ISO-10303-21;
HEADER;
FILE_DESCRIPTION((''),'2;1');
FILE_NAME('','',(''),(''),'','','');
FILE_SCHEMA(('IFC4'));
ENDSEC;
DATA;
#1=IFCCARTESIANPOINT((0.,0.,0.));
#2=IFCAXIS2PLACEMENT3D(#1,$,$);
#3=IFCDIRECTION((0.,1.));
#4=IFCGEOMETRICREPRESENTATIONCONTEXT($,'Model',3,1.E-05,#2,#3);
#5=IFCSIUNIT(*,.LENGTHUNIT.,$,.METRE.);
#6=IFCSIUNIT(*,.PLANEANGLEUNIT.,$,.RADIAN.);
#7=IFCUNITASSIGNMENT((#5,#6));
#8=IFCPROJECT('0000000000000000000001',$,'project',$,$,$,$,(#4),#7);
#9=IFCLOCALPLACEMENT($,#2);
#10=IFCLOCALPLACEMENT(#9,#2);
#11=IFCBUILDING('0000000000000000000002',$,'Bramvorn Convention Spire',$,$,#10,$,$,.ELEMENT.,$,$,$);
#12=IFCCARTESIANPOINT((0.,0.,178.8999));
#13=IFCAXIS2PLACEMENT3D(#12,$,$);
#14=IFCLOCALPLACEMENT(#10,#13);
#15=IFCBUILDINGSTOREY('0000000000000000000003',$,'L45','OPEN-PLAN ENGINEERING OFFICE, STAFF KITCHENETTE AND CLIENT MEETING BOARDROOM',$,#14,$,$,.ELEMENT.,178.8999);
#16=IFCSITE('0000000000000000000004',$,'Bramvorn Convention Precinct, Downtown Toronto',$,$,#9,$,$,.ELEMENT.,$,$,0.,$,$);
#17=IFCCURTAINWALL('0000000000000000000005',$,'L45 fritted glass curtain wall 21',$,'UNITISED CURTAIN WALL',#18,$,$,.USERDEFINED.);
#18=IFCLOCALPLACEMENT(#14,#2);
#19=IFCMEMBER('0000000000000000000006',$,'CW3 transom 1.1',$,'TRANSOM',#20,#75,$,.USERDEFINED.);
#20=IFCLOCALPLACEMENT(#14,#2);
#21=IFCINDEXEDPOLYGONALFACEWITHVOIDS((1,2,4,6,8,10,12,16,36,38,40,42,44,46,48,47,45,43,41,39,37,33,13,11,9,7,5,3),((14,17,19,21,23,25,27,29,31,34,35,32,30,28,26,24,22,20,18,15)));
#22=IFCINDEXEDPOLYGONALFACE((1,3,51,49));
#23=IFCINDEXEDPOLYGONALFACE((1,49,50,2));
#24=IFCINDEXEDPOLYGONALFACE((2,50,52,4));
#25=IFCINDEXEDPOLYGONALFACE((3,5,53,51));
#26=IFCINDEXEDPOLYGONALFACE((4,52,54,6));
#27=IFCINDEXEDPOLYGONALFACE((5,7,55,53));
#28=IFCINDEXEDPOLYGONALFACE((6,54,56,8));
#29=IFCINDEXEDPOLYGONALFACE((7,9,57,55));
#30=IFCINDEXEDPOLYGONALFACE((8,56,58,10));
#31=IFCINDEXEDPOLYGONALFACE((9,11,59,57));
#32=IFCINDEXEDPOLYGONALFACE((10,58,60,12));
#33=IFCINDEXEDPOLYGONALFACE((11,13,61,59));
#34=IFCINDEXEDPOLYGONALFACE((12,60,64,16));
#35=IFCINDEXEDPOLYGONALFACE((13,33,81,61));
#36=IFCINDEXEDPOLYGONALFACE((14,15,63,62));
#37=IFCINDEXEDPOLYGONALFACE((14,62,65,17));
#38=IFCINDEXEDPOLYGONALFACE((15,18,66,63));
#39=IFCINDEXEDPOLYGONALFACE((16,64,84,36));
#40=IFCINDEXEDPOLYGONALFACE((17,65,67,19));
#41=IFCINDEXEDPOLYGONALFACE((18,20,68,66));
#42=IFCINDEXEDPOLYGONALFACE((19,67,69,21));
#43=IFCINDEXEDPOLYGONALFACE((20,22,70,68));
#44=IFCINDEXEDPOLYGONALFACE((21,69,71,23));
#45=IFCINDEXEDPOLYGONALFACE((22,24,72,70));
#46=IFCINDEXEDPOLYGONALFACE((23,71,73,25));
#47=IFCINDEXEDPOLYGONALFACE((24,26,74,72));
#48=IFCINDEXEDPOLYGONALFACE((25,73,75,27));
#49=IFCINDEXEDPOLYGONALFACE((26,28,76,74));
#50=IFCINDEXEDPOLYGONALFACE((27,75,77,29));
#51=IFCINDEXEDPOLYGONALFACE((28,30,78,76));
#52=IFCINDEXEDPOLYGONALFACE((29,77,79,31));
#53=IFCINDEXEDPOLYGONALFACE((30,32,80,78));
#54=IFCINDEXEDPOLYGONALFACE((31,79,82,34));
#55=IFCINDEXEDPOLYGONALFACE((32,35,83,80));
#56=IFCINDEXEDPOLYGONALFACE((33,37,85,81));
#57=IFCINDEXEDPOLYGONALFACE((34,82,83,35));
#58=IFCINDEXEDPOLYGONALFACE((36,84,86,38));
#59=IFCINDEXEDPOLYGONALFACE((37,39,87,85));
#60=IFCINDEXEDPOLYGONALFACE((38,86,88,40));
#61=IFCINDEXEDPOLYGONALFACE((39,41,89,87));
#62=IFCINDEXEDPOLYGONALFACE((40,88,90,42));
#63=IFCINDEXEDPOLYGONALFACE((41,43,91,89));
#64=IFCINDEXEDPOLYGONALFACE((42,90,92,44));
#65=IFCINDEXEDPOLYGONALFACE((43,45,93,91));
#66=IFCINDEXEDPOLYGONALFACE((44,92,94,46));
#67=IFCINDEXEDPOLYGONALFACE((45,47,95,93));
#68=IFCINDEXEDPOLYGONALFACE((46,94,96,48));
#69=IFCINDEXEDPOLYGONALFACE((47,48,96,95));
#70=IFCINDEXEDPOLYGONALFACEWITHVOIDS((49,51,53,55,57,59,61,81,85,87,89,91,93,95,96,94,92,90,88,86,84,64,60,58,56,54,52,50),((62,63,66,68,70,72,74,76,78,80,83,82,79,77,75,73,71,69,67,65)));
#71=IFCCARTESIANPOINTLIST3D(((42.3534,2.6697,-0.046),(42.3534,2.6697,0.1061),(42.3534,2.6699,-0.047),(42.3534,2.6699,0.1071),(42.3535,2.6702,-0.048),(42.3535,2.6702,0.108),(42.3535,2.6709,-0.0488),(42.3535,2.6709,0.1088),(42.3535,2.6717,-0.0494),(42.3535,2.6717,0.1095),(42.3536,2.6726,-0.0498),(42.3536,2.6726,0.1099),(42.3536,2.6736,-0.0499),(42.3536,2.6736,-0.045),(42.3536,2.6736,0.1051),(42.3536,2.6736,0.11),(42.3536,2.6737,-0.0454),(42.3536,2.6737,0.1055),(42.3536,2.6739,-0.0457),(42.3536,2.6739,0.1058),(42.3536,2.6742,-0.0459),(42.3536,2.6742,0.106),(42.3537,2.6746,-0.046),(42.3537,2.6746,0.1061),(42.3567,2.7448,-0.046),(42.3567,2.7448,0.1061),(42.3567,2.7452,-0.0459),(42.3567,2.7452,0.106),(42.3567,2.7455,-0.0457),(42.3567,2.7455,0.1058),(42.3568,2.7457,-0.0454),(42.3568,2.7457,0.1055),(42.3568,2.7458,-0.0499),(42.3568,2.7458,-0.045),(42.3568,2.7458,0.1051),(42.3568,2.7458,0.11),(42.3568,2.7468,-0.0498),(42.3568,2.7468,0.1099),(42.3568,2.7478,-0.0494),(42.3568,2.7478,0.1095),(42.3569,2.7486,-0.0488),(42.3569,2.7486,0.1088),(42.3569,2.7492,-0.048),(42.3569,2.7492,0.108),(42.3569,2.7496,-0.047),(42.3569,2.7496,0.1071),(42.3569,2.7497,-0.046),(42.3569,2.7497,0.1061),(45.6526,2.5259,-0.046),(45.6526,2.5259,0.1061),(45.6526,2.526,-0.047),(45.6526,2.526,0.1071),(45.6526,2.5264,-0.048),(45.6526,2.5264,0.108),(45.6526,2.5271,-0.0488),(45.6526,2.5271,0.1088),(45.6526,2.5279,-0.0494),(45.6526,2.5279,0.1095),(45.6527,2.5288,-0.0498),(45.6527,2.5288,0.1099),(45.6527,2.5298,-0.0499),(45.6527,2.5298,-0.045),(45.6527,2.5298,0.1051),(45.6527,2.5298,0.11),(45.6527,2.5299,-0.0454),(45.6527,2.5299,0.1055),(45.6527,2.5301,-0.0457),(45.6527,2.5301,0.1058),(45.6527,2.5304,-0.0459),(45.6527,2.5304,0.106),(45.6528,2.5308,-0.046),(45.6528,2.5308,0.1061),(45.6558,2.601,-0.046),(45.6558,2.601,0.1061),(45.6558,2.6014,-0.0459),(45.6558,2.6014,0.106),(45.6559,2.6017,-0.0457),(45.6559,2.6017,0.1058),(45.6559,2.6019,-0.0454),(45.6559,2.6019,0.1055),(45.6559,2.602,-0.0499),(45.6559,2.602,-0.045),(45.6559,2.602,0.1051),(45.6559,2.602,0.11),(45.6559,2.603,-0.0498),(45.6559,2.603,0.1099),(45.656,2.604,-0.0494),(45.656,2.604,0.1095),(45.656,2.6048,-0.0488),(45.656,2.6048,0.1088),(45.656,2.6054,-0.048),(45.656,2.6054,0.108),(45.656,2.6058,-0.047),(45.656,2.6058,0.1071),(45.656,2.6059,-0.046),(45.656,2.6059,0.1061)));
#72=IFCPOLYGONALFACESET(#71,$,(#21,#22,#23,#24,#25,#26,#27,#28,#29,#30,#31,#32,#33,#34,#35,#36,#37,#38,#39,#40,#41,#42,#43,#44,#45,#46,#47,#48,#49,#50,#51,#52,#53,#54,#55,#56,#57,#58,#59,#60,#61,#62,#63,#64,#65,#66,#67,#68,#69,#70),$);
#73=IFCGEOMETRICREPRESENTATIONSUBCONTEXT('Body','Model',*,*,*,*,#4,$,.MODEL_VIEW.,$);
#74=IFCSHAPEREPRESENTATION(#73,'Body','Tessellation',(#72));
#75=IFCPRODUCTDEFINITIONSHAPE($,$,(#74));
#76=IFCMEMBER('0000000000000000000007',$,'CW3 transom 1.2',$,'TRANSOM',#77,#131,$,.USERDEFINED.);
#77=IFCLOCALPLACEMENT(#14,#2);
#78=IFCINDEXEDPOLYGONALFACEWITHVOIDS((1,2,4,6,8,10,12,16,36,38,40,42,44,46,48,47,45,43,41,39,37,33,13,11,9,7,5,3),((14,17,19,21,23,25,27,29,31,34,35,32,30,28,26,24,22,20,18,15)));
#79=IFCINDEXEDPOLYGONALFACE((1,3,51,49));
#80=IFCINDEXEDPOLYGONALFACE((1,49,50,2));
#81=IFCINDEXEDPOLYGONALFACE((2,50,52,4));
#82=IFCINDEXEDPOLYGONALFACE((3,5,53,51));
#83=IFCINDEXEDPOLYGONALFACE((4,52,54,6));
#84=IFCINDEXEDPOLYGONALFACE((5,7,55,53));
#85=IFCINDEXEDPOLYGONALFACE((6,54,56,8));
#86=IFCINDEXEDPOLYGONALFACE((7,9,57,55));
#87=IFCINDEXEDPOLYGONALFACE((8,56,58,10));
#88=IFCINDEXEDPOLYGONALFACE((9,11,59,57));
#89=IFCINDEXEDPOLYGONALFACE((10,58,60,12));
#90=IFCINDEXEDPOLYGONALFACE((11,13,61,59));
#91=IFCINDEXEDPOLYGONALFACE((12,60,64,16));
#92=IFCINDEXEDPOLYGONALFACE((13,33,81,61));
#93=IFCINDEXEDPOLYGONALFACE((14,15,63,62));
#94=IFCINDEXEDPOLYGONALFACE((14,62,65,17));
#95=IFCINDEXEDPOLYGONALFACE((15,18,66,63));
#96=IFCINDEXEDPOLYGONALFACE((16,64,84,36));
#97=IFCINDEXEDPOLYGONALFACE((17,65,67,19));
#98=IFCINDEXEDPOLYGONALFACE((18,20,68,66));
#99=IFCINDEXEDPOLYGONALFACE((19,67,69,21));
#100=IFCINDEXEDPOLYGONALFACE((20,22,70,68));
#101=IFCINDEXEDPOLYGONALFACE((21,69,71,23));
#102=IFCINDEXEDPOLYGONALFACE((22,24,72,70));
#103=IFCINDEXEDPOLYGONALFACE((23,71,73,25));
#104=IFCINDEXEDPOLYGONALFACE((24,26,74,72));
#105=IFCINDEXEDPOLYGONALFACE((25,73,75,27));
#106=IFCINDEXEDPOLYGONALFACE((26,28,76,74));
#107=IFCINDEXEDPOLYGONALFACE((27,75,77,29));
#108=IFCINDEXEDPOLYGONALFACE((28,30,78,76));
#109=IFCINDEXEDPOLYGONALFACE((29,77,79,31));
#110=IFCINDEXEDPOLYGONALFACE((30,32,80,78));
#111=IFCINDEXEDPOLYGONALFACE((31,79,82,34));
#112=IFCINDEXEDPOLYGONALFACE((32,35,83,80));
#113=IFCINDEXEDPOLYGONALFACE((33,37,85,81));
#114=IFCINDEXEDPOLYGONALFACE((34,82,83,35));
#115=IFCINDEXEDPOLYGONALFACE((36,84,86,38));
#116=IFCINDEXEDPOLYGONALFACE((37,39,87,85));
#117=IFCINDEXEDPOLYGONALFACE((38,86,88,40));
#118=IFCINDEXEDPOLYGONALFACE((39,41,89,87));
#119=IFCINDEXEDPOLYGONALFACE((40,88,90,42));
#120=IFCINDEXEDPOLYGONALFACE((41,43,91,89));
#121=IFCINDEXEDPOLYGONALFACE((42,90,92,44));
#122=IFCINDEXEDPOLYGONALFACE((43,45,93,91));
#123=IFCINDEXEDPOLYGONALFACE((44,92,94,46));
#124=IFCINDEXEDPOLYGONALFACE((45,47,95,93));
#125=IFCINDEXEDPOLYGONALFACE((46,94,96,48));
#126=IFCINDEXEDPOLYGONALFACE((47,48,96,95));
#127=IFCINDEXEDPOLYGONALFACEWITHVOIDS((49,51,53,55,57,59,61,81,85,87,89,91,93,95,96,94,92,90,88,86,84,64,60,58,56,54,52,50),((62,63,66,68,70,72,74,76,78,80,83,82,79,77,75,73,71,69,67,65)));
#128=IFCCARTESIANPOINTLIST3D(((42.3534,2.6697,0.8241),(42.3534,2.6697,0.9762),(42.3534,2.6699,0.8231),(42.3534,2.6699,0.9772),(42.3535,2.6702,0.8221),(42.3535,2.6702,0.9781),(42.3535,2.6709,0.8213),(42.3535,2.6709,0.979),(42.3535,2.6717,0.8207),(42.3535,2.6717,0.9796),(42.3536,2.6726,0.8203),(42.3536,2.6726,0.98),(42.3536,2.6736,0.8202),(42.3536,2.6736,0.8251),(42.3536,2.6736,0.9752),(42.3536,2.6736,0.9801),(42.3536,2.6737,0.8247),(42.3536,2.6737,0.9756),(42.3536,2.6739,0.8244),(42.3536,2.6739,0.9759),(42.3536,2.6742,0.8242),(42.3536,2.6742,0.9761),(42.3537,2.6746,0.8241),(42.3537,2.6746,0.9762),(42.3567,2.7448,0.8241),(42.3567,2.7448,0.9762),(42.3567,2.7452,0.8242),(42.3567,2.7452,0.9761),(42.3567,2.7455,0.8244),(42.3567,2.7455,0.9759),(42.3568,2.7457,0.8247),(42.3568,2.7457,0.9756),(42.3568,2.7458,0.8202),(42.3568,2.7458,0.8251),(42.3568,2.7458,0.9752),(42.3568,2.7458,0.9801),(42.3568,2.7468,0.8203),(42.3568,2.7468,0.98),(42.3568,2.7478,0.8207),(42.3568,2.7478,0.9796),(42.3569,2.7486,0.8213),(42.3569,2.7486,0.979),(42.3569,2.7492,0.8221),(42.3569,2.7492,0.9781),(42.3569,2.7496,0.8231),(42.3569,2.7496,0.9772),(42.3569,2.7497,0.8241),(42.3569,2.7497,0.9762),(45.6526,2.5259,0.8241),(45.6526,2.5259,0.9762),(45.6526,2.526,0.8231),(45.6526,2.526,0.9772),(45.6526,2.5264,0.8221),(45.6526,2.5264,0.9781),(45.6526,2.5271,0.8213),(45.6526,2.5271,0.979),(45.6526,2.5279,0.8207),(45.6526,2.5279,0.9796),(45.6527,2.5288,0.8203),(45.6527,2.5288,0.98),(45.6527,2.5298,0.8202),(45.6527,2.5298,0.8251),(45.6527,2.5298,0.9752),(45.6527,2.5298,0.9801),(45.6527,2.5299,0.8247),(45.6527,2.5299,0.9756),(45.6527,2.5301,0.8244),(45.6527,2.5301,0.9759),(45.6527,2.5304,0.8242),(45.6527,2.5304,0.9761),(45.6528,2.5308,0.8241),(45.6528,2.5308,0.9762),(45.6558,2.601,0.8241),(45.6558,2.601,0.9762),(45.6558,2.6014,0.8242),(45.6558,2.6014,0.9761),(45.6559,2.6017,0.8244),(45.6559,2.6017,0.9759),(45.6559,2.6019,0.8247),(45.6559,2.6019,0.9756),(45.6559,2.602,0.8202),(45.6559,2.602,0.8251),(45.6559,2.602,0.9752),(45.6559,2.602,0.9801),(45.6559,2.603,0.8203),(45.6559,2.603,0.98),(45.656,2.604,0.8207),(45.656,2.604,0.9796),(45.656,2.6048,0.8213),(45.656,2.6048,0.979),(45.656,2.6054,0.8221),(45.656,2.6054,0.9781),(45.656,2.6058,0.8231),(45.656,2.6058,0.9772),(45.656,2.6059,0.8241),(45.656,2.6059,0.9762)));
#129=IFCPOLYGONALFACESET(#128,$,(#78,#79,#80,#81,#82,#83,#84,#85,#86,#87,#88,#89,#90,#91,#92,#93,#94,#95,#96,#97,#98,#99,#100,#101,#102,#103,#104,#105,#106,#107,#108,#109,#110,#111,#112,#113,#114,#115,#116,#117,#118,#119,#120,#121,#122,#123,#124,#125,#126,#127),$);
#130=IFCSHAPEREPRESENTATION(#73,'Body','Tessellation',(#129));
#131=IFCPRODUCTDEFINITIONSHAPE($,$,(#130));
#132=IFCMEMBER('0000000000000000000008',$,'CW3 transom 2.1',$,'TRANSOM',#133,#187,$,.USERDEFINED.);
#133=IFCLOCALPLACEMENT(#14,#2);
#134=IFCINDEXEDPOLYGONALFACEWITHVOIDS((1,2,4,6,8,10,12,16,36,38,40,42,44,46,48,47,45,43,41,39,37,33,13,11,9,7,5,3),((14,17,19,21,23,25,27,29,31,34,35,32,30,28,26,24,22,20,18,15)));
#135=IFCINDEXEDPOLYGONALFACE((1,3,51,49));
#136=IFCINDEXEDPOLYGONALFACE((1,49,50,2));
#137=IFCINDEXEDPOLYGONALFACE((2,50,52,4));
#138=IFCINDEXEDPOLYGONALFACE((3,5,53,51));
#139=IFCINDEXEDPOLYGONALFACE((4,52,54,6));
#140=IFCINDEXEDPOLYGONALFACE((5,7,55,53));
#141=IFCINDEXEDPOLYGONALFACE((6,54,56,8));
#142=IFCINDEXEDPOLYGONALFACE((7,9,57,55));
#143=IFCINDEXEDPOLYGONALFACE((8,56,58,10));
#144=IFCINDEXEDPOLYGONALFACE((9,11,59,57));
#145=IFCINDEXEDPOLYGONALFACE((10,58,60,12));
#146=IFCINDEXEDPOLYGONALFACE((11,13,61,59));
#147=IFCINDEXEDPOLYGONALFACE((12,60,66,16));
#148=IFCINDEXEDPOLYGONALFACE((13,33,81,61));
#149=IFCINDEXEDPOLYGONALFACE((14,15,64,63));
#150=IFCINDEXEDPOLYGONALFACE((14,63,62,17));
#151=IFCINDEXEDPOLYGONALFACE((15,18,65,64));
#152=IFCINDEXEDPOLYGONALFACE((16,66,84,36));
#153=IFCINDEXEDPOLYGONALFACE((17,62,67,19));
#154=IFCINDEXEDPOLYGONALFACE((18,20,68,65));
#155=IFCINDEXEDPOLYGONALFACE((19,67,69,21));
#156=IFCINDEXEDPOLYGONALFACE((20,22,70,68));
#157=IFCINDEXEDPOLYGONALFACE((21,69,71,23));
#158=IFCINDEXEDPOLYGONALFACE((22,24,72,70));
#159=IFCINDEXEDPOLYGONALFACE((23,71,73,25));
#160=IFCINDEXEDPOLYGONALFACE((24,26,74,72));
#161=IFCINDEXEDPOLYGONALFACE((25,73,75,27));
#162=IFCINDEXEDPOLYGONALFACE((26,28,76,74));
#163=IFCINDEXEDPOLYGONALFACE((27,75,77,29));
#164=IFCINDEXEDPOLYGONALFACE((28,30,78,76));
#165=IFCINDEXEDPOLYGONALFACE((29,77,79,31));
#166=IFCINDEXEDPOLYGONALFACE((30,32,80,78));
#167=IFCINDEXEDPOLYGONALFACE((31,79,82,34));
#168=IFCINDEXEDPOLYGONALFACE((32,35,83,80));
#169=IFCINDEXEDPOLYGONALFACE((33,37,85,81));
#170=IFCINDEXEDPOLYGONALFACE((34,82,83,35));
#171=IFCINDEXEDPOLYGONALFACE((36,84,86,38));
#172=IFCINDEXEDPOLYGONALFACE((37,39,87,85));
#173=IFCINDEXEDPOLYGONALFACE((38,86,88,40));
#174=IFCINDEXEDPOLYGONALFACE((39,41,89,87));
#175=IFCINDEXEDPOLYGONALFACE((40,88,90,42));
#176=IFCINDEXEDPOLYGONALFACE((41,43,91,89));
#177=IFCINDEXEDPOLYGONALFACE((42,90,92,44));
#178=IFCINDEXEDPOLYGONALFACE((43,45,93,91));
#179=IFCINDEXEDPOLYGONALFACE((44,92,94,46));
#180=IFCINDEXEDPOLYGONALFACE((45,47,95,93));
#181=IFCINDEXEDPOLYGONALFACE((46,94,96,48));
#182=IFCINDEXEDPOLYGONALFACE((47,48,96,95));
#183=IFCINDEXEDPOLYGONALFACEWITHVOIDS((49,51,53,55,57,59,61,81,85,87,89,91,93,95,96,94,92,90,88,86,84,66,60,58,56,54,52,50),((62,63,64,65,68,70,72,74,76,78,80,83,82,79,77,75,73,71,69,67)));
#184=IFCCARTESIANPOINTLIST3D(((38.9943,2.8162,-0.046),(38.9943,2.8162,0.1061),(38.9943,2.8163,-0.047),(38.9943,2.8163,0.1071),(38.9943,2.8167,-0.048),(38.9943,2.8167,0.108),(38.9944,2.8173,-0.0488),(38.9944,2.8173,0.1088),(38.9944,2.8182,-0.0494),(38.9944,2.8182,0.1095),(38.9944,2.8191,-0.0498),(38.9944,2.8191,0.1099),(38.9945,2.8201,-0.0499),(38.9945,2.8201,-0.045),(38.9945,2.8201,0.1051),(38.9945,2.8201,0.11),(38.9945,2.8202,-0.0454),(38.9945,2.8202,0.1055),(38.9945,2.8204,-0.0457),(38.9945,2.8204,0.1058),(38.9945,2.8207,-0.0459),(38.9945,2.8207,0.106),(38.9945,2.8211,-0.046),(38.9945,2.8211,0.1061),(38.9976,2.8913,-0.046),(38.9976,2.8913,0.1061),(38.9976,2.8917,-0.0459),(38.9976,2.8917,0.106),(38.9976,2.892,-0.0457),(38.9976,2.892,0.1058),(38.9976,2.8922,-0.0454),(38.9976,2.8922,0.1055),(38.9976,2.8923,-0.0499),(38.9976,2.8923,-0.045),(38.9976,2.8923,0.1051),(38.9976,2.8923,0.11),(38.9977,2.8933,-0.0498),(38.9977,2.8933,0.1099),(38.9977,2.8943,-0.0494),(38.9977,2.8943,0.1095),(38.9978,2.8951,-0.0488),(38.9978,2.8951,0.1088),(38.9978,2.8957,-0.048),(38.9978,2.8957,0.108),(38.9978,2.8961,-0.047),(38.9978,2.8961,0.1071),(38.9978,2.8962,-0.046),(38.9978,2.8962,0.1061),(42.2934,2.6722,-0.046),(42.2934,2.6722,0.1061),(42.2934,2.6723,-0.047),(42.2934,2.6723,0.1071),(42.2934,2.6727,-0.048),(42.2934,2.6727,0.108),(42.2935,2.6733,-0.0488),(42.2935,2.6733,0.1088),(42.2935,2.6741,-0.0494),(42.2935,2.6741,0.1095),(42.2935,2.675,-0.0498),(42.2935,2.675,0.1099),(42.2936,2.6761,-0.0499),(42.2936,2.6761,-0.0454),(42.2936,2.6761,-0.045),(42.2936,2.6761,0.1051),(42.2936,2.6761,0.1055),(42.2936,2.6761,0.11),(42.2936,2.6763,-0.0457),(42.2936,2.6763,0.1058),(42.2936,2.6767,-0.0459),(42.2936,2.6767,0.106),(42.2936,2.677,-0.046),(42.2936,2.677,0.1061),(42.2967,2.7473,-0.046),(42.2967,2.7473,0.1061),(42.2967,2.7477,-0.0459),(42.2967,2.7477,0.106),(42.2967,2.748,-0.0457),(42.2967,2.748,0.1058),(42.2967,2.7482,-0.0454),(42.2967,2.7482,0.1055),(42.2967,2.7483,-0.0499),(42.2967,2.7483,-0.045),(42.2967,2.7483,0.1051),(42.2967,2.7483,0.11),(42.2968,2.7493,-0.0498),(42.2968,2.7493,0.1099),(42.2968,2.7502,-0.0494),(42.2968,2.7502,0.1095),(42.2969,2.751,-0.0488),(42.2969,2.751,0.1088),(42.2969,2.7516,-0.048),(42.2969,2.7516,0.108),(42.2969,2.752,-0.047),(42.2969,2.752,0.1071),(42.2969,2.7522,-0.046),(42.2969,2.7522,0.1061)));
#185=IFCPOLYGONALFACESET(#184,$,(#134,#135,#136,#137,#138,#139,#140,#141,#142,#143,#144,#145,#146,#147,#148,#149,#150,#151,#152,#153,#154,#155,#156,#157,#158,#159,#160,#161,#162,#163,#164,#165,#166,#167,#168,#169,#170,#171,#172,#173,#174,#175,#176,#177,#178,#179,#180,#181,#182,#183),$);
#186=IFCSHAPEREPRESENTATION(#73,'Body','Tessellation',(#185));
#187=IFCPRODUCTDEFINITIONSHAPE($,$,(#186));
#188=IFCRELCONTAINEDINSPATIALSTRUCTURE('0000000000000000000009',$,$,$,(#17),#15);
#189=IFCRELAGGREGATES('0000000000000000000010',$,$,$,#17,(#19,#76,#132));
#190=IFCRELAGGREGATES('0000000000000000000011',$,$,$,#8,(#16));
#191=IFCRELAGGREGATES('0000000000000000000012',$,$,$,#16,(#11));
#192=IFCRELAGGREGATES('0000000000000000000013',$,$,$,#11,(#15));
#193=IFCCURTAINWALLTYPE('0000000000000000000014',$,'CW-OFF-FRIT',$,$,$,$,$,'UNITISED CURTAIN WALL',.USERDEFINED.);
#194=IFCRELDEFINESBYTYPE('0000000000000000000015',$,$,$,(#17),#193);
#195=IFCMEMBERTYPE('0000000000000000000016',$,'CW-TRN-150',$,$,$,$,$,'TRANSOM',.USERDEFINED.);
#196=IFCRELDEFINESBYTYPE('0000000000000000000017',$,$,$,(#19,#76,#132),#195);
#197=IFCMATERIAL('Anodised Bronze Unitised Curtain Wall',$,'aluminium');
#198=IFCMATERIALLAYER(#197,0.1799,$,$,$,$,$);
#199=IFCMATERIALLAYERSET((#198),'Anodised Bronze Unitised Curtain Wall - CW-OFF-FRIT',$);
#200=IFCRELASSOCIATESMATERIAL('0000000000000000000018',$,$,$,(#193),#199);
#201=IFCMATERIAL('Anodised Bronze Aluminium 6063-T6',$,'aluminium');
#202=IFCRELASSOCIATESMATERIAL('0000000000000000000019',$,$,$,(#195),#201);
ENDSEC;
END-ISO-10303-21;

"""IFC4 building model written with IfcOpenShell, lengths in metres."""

from ifc_helpers import new_model, si_unit, direction, frame, origin, origin_2d, place, context, subcontext, project, spatial, hollow_rectangle, extrude, material, layer, layer_set, material_profile, profile_set, type_object, element, aggregate, save


model = new_model("IFC4")

# Units and contexts
model_context = context("Model", 3, precision=1e-05, world=origin(), true_north=direction((0.0, 1.0)))
body_context = subcontext(model_context, "Body", "Model", "MODEL_VIEW")
ifc_project = project(units=[si_unit("LENGTHUNIT", "METRE"), si_unit("PLANEANGLEUNIT", "RADIAN")], contexts=[model_context])

# Site, building, storey
site_placement = place(None, origin())
site = spatial("IfcSite", under=ifc_project, at=site_placement, Name="Bramvorn Convention Precinct, Downtown Toronto", CompositionType="ELEMENT", RefElevation=0.0)
building_placement = place(site_placement, origin())
building = spatial("IfcBuilding", under=site, at=building_placement, Name="Bramvorn Convention Spire", CompositionType="ELEMENT")
storey_placement = place(building_placement, frame((0.0, 0.0, 178.8999)))
storey = spatial("IfcBuildingStorey", under=building, at=storey_placement, Name="L45", Description="OPEN-PLAN ENGINEERING OFFICE, STAFF KITCHENETTE AND CLIENT MEETING BOARDROOM", CompositionType="ELEMENT", Elevation=178.8999)

# Shared definitions
ifc_material_1 = material(Name="Anodised Bronze Unitised Curtain Wall", Category="aluminium")
ifc_layer_1 = layer(ifc_material_1, 0.1799)
ifc_layer_set_1 = layer_set([ifc_layer_1], Name="Anodised Bronze Unitised Curtain Wall - CW-OFF-FRIT")
curtain_wall_type = type_object("IfcCurtainWallType", Name="CW-OFF-FRIT", ElementType="UNITISED CURTAIN WALL", PredefinedType="USERDEFINED", material=ifc_layer_set_1)
ifc_material_2 = material(Name="Anodised Bronze Aluminium 6063-T6", Category="aluminium")

# Curtain wall
curtain_wall_1_placement = place(storey_placement, origin())
curtain_wall_1 = element("IfcCurtainWall", 1, at=curtain_wall_1_placement, inside=storey, type_object=curtain_wall_type, Name="L45 fritted glass curtain wall 21", ObjectType="UNITISED CURTAIN WALL", PredefinedType="USERDEFINED")

# Members
ifc_material_profile_1 = material_profile(ifc_material_2, hollow_rectangle(XDim=0.0801, YDim=0.1599, WallThickness=0.0039, InnerFilletRadius=0.001, OuterFilletRadius=0.0039, at=origin_2d()))
ifc_profile_set_1 = profile_set([ifc_material_profile_1], Name="Anodised Bronze Aluminium 6063-T6 - CWT80X160")
member_type_1 = type_object("IfcMemberType", Name="CW-TRN-150", ElementType="TRANSOM", PredefinedType="USERDEFINED", material=ifc_profile_set_1)
member_1_placement = place(storey_placement, frame((45.6543, 2.5659, 0.03), z_axis=(-0.999051, 0.043546, 0.0), x_axis=(-0.043546, -0.999051, 0.0)))
member_1 = element("IfcMember", 2, at=member_1_placement, type_object=member_type_1, Name="CW3 transom 1.1", ObjectType="TRANSOM", PredefinedType="USERDEFINED", context=body_context, shape_type="SweptSolid", body=[
    extrude(hollow_rectangle(XDim=0.0801, YDim=0.1599, WallThickness=0.0039, InnerFilletRadius=0.001, OuterFilletRadius=0.0039, at=origin_2d()), origin(), (0.0, 0.0, 1.0), 3.3022),
])
member_2_placement = place(storey_placement, frame((45.6543, 2.5659, 0.9001), z_axis=(-0.999051, 0.043546, 0.0), x_axis=(-0.043546, -0.999051, 0.0)))
member_2 = element("IfcMember", 3, at=member_2_placement, type_object=member_type_1, Name="CW3 transom 1.2", ObjectType="TRANSOM", PredefinedType="USERDEFINED", context=body_context, shape_type="SweptSolid", body=[
    extrude(hollow_rectangle(XDim=0.0801, YDim=0.1599, WallThickness=0.0039, InnerFilletRadius=0.001, OuterFilletRadius=0.0039, at=origin_2d()), origin(), (0.0, 0.0, 1.0), 3.3022),
])
member_3_placement = place(storey_placement, frame((42.2952, 2.7122, 0.03), z_axis=(-0.999048, 0.04362, 0.0), x_axis=(-0.04362, -0.999048, 0.0)))
member_3 = element("IfcMember", 4, at=member_3_placement, type_object=member_type_1, Name="CW3 transom 2.1", ObjectType="TRANSOM", PredefinedType="USERDEFINED", context=body_context, shape_type="SweptSolid", body=[
    extrude(hollow_rectangle(XDim=0.0801, YDim=0.1599, WallThickness=0.0039, InnerFilletRadius=0.001, OuterFilletRadius=0.0039, at=origin_2d()), origin(), (0.0, 0.0, 1.0), 3.3022),
])

aggregate(curtain_wall_1, [member_1, member_2, member_3])

save(model, "model.ifc")
